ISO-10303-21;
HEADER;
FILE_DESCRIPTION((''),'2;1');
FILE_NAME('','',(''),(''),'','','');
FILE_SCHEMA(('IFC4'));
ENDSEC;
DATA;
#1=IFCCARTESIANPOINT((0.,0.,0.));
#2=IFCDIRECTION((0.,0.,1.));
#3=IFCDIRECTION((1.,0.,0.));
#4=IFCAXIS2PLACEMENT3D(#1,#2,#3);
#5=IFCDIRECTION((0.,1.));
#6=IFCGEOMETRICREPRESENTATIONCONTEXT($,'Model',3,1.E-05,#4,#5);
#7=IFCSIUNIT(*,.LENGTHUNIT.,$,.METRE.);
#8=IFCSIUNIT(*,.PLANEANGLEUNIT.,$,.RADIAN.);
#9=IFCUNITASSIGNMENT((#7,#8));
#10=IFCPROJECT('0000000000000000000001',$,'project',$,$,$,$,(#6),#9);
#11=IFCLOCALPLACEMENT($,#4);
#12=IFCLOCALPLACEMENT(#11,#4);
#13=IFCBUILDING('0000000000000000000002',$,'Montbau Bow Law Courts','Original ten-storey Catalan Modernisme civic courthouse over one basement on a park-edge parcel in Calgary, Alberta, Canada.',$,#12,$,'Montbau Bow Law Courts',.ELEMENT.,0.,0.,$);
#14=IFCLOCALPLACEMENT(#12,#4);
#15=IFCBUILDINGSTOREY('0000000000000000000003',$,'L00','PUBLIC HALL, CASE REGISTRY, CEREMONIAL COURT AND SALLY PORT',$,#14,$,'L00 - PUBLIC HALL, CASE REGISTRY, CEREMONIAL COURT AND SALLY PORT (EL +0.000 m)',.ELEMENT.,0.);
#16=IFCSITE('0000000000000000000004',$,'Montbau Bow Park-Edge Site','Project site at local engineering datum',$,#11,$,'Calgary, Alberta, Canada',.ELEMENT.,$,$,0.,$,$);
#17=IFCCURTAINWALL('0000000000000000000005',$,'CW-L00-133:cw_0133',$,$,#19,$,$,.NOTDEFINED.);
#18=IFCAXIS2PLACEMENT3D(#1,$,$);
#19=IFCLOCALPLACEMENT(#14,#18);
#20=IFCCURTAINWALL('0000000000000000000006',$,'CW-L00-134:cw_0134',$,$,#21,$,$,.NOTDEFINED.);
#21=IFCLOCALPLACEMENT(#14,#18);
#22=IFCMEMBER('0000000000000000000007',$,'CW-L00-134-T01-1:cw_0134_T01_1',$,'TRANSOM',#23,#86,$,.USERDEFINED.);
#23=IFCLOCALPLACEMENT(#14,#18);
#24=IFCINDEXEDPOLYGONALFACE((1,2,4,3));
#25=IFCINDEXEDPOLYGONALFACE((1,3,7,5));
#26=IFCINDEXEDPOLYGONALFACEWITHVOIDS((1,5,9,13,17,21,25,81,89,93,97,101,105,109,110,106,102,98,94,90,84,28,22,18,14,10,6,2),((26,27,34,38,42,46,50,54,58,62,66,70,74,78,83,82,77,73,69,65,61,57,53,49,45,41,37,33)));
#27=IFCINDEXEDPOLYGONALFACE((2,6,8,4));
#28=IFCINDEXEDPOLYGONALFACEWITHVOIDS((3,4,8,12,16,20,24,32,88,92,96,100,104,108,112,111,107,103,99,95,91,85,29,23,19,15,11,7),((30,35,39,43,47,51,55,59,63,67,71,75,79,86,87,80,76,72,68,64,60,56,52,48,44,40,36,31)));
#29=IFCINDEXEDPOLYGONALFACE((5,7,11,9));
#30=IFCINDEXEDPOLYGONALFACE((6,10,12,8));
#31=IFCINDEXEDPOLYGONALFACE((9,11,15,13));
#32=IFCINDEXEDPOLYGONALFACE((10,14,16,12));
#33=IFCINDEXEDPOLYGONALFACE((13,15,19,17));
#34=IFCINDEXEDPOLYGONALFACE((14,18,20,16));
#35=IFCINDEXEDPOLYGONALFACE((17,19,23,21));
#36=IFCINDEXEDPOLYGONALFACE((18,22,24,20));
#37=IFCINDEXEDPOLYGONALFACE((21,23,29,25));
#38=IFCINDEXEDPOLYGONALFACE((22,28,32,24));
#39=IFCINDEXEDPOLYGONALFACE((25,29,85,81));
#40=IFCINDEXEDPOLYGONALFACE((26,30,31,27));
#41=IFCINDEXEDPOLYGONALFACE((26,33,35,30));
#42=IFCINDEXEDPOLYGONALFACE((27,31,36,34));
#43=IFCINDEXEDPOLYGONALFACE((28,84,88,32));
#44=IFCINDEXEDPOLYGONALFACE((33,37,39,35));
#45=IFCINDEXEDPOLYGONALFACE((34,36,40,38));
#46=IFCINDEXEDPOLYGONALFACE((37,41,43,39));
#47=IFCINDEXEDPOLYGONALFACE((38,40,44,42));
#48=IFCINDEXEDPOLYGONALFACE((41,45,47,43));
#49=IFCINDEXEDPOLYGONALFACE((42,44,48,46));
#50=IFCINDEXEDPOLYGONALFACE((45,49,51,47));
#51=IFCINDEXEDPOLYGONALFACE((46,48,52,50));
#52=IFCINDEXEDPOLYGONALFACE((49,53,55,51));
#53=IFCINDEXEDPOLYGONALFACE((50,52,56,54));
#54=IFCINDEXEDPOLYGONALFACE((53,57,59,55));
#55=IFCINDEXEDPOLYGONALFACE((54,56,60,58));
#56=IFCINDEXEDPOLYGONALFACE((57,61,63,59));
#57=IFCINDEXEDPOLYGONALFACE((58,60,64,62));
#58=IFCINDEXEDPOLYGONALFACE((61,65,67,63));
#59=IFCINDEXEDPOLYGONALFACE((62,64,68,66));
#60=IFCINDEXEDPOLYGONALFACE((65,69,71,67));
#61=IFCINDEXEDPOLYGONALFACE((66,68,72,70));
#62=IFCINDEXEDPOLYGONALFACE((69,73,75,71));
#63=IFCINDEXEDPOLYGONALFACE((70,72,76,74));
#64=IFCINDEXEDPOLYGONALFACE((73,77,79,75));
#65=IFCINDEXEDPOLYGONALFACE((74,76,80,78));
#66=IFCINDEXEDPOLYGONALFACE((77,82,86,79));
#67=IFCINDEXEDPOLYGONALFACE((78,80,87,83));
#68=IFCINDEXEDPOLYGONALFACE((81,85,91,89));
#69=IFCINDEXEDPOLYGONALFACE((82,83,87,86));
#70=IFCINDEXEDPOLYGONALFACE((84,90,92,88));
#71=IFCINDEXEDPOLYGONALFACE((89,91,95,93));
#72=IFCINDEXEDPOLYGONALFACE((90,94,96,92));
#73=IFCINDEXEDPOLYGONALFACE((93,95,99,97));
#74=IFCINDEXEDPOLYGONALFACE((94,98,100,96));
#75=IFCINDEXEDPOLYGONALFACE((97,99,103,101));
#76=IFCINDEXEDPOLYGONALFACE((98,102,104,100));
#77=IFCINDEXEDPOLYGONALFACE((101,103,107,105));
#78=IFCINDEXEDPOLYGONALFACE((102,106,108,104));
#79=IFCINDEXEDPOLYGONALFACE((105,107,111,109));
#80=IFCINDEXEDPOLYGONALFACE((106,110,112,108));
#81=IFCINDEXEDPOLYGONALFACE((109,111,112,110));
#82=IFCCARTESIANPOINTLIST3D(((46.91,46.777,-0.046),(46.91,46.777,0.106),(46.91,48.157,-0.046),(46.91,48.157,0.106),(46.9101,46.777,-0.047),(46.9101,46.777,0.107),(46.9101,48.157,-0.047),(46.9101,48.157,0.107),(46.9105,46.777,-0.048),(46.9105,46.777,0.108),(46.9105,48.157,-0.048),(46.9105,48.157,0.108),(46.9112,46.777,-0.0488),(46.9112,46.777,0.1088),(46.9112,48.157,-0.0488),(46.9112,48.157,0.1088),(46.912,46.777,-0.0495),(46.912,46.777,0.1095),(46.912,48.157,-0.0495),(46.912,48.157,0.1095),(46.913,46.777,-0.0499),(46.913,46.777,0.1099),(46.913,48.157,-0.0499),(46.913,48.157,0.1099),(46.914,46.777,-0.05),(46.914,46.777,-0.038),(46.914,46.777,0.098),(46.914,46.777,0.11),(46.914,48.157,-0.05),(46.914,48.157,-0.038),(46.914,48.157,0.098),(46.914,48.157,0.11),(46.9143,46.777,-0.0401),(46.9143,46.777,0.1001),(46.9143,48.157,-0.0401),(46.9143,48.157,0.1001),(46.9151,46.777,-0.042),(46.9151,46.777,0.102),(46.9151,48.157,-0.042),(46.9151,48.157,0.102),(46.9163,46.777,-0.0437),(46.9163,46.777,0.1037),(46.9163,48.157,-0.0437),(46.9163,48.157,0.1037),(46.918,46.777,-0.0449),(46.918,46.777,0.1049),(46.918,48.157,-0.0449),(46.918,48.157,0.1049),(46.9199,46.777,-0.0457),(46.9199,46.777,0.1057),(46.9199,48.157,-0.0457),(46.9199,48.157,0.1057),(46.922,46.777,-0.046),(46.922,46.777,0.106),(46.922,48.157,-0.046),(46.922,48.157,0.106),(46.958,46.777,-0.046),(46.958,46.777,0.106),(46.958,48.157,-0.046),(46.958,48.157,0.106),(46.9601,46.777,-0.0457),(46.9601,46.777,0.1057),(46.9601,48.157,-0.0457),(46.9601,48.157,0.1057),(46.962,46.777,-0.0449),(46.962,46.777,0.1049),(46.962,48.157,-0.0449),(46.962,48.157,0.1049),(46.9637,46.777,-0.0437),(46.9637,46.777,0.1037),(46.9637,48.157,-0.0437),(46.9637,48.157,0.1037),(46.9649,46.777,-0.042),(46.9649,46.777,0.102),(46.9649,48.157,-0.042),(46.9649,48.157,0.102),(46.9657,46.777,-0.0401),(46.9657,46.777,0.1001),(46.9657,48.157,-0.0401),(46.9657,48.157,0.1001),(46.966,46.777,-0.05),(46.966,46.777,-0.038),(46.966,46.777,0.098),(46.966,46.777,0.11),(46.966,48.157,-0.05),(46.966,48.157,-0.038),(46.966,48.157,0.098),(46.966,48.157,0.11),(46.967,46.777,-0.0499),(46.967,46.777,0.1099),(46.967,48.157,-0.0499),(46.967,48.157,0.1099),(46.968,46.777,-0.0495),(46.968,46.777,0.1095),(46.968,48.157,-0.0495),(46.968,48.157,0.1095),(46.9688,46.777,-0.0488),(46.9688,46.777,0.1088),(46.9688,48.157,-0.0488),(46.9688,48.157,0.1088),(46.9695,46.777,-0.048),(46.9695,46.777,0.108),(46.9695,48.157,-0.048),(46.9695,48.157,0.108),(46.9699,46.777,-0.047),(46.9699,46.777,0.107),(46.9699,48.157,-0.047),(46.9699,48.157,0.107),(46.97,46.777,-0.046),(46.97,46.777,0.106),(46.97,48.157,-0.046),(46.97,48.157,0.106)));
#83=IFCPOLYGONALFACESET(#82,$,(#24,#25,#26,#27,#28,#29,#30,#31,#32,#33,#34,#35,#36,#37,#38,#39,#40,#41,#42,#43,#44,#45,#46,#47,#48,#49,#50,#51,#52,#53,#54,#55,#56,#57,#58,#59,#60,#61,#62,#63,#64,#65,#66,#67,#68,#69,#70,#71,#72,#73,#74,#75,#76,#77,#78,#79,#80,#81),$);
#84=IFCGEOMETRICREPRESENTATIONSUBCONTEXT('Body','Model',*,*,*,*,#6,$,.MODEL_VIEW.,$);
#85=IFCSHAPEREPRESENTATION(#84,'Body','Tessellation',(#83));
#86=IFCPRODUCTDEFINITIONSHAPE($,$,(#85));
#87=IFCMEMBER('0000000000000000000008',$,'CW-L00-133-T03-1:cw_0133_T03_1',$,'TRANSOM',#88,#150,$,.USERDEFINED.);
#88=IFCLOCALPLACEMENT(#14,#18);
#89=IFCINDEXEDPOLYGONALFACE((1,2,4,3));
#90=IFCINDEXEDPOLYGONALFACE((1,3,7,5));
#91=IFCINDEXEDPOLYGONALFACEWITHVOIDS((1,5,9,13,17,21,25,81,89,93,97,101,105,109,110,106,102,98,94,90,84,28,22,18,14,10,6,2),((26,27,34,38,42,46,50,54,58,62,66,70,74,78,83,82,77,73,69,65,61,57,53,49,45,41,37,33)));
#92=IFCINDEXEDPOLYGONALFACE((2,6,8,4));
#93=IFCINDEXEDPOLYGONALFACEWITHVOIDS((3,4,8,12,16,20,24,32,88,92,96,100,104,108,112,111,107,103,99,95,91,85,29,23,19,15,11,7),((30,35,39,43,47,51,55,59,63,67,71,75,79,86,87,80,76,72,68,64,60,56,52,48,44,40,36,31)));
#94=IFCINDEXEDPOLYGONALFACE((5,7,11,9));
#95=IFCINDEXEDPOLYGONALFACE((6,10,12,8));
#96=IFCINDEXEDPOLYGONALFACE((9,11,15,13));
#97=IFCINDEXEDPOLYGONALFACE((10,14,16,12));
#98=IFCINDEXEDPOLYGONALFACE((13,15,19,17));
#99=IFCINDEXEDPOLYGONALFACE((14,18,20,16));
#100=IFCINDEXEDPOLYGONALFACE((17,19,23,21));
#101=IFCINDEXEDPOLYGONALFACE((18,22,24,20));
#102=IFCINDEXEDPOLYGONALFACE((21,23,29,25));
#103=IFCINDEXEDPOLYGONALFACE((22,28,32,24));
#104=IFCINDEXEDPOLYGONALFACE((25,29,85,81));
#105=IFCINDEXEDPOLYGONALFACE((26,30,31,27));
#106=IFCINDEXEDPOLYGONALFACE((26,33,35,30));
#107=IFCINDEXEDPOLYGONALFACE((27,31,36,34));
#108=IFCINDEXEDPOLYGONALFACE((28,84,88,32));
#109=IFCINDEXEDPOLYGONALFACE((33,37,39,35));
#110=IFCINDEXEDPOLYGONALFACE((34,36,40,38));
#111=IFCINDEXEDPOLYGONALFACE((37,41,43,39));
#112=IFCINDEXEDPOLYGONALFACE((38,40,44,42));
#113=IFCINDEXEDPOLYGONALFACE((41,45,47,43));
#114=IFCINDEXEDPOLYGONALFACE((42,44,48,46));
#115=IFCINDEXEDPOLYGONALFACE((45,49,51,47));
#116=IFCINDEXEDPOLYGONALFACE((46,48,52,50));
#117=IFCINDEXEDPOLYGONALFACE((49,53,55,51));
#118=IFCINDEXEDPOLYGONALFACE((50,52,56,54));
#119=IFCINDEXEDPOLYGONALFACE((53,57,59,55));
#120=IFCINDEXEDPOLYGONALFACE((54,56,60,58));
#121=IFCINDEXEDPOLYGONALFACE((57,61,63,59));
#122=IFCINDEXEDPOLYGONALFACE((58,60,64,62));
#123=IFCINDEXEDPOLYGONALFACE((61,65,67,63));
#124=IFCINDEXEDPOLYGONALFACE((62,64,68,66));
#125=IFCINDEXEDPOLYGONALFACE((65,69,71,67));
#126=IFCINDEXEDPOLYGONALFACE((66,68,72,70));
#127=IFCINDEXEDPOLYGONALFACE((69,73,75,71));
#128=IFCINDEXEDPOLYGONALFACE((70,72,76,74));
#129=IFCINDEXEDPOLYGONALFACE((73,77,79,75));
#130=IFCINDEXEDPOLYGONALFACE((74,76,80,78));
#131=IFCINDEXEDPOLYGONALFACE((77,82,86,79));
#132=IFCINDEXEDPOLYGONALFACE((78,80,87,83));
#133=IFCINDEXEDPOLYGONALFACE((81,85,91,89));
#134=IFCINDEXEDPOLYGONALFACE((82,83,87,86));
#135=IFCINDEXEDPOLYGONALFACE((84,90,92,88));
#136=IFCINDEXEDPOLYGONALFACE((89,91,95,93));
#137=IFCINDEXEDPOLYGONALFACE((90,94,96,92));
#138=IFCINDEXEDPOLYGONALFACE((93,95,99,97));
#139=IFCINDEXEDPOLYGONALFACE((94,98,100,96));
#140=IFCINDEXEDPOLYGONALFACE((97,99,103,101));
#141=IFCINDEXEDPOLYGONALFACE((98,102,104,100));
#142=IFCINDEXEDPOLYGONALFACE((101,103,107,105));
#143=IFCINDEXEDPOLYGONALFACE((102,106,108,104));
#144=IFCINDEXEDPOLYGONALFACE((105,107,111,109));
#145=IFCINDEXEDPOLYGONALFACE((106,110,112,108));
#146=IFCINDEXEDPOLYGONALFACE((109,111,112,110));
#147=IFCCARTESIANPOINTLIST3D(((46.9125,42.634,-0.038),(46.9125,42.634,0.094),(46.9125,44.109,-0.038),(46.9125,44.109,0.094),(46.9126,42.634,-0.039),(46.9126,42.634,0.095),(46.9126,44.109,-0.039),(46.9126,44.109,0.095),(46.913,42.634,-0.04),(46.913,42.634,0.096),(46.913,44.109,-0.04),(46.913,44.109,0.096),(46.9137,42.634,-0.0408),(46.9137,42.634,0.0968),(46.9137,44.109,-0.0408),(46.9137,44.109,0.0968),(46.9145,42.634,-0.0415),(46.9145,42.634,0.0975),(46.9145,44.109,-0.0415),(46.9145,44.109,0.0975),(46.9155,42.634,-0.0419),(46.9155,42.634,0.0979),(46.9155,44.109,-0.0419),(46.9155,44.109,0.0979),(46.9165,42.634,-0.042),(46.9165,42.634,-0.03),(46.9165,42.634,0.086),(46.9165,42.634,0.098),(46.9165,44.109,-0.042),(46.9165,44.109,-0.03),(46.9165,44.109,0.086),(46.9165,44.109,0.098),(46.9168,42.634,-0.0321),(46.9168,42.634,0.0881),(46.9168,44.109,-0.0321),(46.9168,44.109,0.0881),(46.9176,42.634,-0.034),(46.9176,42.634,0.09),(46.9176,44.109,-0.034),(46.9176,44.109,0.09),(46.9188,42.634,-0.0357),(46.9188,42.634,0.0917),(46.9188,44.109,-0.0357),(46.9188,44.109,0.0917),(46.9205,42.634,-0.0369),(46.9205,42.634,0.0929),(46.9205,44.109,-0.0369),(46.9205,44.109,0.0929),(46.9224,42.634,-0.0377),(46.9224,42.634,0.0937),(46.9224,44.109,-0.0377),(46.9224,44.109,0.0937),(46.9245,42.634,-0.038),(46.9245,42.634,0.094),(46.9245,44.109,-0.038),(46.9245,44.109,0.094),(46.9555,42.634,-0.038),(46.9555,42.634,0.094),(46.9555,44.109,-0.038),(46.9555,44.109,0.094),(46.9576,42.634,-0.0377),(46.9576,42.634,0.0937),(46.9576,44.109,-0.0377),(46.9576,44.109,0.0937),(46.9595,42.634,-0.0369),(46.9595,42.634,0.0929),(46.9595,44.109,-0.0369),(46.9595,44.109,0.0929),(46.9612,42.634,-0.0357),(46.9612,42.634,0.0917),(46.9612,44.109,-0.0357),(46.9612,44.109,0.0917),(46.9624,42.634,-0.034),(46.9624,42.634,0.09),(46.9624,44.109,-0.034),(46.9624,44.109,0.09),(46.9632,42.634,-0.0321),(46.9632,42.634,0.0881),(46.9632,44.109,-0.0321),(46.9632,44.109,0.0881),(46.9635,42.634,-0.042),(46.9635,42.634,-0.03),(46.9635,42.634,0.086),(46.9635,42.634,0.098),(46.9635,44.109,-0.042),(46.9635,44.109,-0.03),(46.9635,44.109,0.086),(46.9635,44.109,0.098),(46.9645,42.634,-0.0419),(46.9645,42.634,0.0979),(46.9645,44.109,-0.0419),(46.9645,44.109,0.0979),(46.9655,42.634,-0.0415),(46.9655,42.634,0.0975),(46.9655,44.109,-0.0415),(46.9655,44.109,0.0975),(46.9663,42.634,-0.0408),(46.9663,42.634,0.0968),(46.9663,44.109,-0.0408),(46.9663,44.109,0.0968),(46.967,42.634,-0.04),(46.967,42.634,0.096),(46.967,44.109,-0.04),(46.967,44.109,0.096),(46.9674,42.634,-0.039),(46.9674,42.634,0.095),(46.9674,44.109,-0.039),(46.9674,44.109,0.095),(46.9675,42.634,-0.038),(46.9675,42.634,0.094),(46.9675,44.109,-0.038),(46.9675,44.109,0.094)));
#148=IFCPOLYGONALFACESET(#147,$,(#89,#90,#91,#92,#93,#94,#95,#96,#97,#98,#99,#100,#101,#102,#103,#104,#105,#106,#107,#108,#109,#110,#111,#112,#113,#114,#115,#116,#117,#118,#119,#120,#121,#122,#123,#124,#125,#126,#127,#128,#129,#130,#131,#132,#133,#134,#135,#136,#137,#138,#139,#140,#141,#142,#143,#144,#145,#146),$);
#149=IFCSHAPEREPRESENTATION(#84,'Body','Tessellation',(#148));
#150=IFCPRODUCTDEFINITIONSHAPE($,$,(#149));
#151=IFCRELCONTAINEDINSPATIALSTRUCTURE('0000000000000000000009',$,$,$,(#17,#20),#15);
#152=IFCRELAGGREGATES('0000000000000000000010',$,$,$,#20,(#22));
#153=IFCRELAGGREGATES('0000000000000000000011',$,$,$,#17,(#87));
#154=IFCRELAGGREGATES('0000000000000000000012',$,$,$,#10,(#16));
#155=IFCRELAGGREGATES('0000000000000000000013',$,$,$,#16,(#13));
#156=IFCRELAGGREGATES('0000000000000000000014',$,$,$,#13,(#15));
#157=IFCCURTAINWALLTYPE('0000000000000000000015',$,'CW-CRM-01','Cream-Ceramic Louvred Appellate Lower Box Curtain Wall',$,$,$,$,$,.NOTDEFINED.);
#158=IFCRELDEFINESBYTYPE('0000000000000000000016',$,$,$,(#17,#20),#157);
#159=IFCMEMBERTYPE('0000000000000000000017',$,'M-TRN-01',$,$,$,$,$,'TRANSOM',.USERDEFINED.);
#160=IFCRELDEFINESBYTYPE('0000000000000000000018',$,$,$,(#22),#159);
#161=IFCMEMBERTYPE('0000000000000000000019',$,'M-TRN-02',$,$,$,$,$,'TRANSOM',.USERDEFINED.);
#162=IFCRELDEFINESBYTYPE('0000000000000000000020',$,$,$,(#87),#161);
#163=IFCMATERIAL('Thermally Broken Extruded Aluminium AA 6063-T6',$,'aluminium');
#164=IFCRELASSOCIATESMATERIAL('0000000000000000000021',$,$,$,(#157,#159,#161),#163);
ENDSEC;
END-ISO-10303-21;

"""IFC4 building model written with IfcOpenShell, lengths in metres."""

from ifc_helpers import new_model, si_unit, direction, frame, origin_with_axes, origin_2d_with_axis, place, context, subcontext, project, spatial, hollow_rectangle, extrude, material, material_profile, profile_set, type_object, element, aggregate, save


model = new_model("IFC4")

# Units and contexts
model_context = context("Model", 3, precision=1e-05, world=origin_with_axes(), true_north=direction((0.0, 1.0)))
body_context = subcontext(model_context, "Body", "Model", "MODEL_VIEW")
ifc_project = project(units=[si_unit("LENGTHUNIT", "METRE"), si_unit("PLANEANGLEUNIT", "RADIAN")], contexts=[model_context])

# Site, building, storey
site_placement = place(None, origin_with_axes())
site = spatial("IfcSite", under=ifc_project, at=site_placement, Name="Montbau Bow Park-Edge Site", Description="Project site at local engineering datum", LongName="Calgary, Alberta, Canada", CompositionType="ELEMENT", RefElevation=0.0)
building_placement = place(site_placement, origin_with_axes())
building = spatial("IfcBuilding", under=site, at=building_placement, Name="Montbau Bow Law Courts", Description="Original ten-storey Catalan Modernisme civic courthouse over one basement on a park-edge parcel in Calgary, Alberta, Canada.", LongName="Montbau Bow Law Courts", CompositionType="ELEMENT", ElevationOfRefHeight=0.0, ElevationOfTerrain=0.0)
storey_placement = place(building_placement, origin_with_axes())
storey = spatial("IfcBuildingStorey", under=building, at=storey_placement, Name="L00", Description="PUBLIC HALL, CASE REGISTRY, CEREMONIAL COURT AND SALLY PORT", LongName="L00 - PUBLIC HALL, CASE REGISTRY, CEREMONIAL COURT AND SALLY PORT (EL +0.000 m)", CompositionType="ELEMENT", Elevation=0.0)

# Shared definitions
ifc_material_1 = material(Name="Thermally Broken Extruded Aluminium AA 6063-T6", Category="aluminium")

# Curtain wall
curtain_wall_type_1 = type_object("IfcCurtainWallType", Name="CW-CRM-01", Description="Cream-Ceramic Louvred Appellate Lower Box Curtain Wall", PredefinedType="NOTDEFINED", material=ifc_material_1)
curtain_wall_1_placement = place(None, frame((46.94, 39.515, 0.0), z_axis=(0.0, 0.0, 1.0), x_axis=(1.0, 0.0, 0.0)))
curtain_wall_1 = element("IfcCurtainWall", 1, at=curtain_wall_1_placement, inside=storey, type_object=curtain_wall_type_1, Name="CW-L00-133:cw_0133", PredefinedType="NOTDEFINED")

# Curtain wall
curtain_wall_2_placement = place(None, frame((46.94, 46.715, 0.0), z_axis=(0.0, 0.0, 1.0), x_axis=(1.0, 0.0, 0.0)))
curtain_wall_2 = element("IfcCurtainWall", 2, at=curtain_wall_2_placement, inside=storey, type_object=curtain_wall_type_1, Name="CW-L00-134:cw_0134", PredefinedType="NOTDEFINED")

# Members
ifc_material_profile_1 = material_profile(ifc_material_1, hollow_rectangle(XDim=0.06, YDim=0.16, WallThickness=0.004, InnerFilletRadius=0.008, OuterFilletRadius=0.004, at=origin_2d_with_axis()), Name="CWT-160X60", Category="Main", Priority=0)
ifc_profile_set_1 = profile_set([ifc_material_profile_1], Name="Thermally Broken Extruded Aluminium AA 6063-T6")
member_type_1 = type_object("IfcMemberType", Name="M-TRN-01", ElementType="TRANSOM", PredefinedType="USERDEFINED", material=ifc_profile_set_1)
member_1_placement = place(None, frame((46.94, 46.777, 0.03), z_axis=(0.0, 1.0, 0.0), x_axis=(-1.0, 0.0, 0.0)))
member_1 = element("IfcMember", 3, at=member_1_placement, type_object=member_type_1, Name="CW-L00-134-T01-1:cw_0134_T01_1", ObjectType="TRANSOM", PredefinedType="USERDEFINED", context=body_context, shape_type="SweptSolid", body=[
    extrude(hollow_rectangle(XDim=0.06, YDim=0.16, WallThickness=0.004, InnerFilletRadius=0.008, OuterFilletRadius=0.004, at=origin_2d_with_axis()), origin_with_axes(), (0.0, 0.0, 1.0), 1.38),
])
aggregate(curtain_wall_2, [member_1])
ifc_material_profile_2 = material_profile(ifc_material_1, hollow_rectangle(XDim=0.055, YDim=0.14, WallThickness=0.004, InnerFilletRadius=0.008, OuterFilletRadius=0.004, at=origin_2d_with_axis()), Name="CWT-140X55", Category="Main", Priority=0)
ifc_profile_set_2 = profile_set([ifc_material_profile_2], Name="Thermally Broken Extruded Aluminium AA 6063-T6")
member_type_2 = type_object("IfcMemberType", Name="M-TRN-02", ElementType="TRANSOM", PredefinedType="USERDEFINED", material=ifc_profile_set_2)
member_2_placement = place(None, frame((46.94, 42.634, 0.028), z_axis=(0.0, 1.0, 0.0), x_axis=(-1.0, 0.0, 0.0)))
member_2 = element("IfcMember", 4, at=member_2_placement, type_object=member_type_2, Name="CW-L00-133-T03-1:cw_0133_T03_1", ObjectType="TRANSOM", PredefinedType="USERDEFINED", context=body_context, shape_type="SweptSolid", body=[
    extrude(hollow_rectangle(XDim=0.055, YDim=0.14, WallThickness=0.004, InnerFilletRadius=0.008, OuterFilletRadius=0.004, at=origin_2d_with_axis()), origin_with_axes(), (0.0, 0.0, 1.0), 1.475),
])
aggregate(curtain_wall_1, [member_2])

save(model, "model.ifc")
